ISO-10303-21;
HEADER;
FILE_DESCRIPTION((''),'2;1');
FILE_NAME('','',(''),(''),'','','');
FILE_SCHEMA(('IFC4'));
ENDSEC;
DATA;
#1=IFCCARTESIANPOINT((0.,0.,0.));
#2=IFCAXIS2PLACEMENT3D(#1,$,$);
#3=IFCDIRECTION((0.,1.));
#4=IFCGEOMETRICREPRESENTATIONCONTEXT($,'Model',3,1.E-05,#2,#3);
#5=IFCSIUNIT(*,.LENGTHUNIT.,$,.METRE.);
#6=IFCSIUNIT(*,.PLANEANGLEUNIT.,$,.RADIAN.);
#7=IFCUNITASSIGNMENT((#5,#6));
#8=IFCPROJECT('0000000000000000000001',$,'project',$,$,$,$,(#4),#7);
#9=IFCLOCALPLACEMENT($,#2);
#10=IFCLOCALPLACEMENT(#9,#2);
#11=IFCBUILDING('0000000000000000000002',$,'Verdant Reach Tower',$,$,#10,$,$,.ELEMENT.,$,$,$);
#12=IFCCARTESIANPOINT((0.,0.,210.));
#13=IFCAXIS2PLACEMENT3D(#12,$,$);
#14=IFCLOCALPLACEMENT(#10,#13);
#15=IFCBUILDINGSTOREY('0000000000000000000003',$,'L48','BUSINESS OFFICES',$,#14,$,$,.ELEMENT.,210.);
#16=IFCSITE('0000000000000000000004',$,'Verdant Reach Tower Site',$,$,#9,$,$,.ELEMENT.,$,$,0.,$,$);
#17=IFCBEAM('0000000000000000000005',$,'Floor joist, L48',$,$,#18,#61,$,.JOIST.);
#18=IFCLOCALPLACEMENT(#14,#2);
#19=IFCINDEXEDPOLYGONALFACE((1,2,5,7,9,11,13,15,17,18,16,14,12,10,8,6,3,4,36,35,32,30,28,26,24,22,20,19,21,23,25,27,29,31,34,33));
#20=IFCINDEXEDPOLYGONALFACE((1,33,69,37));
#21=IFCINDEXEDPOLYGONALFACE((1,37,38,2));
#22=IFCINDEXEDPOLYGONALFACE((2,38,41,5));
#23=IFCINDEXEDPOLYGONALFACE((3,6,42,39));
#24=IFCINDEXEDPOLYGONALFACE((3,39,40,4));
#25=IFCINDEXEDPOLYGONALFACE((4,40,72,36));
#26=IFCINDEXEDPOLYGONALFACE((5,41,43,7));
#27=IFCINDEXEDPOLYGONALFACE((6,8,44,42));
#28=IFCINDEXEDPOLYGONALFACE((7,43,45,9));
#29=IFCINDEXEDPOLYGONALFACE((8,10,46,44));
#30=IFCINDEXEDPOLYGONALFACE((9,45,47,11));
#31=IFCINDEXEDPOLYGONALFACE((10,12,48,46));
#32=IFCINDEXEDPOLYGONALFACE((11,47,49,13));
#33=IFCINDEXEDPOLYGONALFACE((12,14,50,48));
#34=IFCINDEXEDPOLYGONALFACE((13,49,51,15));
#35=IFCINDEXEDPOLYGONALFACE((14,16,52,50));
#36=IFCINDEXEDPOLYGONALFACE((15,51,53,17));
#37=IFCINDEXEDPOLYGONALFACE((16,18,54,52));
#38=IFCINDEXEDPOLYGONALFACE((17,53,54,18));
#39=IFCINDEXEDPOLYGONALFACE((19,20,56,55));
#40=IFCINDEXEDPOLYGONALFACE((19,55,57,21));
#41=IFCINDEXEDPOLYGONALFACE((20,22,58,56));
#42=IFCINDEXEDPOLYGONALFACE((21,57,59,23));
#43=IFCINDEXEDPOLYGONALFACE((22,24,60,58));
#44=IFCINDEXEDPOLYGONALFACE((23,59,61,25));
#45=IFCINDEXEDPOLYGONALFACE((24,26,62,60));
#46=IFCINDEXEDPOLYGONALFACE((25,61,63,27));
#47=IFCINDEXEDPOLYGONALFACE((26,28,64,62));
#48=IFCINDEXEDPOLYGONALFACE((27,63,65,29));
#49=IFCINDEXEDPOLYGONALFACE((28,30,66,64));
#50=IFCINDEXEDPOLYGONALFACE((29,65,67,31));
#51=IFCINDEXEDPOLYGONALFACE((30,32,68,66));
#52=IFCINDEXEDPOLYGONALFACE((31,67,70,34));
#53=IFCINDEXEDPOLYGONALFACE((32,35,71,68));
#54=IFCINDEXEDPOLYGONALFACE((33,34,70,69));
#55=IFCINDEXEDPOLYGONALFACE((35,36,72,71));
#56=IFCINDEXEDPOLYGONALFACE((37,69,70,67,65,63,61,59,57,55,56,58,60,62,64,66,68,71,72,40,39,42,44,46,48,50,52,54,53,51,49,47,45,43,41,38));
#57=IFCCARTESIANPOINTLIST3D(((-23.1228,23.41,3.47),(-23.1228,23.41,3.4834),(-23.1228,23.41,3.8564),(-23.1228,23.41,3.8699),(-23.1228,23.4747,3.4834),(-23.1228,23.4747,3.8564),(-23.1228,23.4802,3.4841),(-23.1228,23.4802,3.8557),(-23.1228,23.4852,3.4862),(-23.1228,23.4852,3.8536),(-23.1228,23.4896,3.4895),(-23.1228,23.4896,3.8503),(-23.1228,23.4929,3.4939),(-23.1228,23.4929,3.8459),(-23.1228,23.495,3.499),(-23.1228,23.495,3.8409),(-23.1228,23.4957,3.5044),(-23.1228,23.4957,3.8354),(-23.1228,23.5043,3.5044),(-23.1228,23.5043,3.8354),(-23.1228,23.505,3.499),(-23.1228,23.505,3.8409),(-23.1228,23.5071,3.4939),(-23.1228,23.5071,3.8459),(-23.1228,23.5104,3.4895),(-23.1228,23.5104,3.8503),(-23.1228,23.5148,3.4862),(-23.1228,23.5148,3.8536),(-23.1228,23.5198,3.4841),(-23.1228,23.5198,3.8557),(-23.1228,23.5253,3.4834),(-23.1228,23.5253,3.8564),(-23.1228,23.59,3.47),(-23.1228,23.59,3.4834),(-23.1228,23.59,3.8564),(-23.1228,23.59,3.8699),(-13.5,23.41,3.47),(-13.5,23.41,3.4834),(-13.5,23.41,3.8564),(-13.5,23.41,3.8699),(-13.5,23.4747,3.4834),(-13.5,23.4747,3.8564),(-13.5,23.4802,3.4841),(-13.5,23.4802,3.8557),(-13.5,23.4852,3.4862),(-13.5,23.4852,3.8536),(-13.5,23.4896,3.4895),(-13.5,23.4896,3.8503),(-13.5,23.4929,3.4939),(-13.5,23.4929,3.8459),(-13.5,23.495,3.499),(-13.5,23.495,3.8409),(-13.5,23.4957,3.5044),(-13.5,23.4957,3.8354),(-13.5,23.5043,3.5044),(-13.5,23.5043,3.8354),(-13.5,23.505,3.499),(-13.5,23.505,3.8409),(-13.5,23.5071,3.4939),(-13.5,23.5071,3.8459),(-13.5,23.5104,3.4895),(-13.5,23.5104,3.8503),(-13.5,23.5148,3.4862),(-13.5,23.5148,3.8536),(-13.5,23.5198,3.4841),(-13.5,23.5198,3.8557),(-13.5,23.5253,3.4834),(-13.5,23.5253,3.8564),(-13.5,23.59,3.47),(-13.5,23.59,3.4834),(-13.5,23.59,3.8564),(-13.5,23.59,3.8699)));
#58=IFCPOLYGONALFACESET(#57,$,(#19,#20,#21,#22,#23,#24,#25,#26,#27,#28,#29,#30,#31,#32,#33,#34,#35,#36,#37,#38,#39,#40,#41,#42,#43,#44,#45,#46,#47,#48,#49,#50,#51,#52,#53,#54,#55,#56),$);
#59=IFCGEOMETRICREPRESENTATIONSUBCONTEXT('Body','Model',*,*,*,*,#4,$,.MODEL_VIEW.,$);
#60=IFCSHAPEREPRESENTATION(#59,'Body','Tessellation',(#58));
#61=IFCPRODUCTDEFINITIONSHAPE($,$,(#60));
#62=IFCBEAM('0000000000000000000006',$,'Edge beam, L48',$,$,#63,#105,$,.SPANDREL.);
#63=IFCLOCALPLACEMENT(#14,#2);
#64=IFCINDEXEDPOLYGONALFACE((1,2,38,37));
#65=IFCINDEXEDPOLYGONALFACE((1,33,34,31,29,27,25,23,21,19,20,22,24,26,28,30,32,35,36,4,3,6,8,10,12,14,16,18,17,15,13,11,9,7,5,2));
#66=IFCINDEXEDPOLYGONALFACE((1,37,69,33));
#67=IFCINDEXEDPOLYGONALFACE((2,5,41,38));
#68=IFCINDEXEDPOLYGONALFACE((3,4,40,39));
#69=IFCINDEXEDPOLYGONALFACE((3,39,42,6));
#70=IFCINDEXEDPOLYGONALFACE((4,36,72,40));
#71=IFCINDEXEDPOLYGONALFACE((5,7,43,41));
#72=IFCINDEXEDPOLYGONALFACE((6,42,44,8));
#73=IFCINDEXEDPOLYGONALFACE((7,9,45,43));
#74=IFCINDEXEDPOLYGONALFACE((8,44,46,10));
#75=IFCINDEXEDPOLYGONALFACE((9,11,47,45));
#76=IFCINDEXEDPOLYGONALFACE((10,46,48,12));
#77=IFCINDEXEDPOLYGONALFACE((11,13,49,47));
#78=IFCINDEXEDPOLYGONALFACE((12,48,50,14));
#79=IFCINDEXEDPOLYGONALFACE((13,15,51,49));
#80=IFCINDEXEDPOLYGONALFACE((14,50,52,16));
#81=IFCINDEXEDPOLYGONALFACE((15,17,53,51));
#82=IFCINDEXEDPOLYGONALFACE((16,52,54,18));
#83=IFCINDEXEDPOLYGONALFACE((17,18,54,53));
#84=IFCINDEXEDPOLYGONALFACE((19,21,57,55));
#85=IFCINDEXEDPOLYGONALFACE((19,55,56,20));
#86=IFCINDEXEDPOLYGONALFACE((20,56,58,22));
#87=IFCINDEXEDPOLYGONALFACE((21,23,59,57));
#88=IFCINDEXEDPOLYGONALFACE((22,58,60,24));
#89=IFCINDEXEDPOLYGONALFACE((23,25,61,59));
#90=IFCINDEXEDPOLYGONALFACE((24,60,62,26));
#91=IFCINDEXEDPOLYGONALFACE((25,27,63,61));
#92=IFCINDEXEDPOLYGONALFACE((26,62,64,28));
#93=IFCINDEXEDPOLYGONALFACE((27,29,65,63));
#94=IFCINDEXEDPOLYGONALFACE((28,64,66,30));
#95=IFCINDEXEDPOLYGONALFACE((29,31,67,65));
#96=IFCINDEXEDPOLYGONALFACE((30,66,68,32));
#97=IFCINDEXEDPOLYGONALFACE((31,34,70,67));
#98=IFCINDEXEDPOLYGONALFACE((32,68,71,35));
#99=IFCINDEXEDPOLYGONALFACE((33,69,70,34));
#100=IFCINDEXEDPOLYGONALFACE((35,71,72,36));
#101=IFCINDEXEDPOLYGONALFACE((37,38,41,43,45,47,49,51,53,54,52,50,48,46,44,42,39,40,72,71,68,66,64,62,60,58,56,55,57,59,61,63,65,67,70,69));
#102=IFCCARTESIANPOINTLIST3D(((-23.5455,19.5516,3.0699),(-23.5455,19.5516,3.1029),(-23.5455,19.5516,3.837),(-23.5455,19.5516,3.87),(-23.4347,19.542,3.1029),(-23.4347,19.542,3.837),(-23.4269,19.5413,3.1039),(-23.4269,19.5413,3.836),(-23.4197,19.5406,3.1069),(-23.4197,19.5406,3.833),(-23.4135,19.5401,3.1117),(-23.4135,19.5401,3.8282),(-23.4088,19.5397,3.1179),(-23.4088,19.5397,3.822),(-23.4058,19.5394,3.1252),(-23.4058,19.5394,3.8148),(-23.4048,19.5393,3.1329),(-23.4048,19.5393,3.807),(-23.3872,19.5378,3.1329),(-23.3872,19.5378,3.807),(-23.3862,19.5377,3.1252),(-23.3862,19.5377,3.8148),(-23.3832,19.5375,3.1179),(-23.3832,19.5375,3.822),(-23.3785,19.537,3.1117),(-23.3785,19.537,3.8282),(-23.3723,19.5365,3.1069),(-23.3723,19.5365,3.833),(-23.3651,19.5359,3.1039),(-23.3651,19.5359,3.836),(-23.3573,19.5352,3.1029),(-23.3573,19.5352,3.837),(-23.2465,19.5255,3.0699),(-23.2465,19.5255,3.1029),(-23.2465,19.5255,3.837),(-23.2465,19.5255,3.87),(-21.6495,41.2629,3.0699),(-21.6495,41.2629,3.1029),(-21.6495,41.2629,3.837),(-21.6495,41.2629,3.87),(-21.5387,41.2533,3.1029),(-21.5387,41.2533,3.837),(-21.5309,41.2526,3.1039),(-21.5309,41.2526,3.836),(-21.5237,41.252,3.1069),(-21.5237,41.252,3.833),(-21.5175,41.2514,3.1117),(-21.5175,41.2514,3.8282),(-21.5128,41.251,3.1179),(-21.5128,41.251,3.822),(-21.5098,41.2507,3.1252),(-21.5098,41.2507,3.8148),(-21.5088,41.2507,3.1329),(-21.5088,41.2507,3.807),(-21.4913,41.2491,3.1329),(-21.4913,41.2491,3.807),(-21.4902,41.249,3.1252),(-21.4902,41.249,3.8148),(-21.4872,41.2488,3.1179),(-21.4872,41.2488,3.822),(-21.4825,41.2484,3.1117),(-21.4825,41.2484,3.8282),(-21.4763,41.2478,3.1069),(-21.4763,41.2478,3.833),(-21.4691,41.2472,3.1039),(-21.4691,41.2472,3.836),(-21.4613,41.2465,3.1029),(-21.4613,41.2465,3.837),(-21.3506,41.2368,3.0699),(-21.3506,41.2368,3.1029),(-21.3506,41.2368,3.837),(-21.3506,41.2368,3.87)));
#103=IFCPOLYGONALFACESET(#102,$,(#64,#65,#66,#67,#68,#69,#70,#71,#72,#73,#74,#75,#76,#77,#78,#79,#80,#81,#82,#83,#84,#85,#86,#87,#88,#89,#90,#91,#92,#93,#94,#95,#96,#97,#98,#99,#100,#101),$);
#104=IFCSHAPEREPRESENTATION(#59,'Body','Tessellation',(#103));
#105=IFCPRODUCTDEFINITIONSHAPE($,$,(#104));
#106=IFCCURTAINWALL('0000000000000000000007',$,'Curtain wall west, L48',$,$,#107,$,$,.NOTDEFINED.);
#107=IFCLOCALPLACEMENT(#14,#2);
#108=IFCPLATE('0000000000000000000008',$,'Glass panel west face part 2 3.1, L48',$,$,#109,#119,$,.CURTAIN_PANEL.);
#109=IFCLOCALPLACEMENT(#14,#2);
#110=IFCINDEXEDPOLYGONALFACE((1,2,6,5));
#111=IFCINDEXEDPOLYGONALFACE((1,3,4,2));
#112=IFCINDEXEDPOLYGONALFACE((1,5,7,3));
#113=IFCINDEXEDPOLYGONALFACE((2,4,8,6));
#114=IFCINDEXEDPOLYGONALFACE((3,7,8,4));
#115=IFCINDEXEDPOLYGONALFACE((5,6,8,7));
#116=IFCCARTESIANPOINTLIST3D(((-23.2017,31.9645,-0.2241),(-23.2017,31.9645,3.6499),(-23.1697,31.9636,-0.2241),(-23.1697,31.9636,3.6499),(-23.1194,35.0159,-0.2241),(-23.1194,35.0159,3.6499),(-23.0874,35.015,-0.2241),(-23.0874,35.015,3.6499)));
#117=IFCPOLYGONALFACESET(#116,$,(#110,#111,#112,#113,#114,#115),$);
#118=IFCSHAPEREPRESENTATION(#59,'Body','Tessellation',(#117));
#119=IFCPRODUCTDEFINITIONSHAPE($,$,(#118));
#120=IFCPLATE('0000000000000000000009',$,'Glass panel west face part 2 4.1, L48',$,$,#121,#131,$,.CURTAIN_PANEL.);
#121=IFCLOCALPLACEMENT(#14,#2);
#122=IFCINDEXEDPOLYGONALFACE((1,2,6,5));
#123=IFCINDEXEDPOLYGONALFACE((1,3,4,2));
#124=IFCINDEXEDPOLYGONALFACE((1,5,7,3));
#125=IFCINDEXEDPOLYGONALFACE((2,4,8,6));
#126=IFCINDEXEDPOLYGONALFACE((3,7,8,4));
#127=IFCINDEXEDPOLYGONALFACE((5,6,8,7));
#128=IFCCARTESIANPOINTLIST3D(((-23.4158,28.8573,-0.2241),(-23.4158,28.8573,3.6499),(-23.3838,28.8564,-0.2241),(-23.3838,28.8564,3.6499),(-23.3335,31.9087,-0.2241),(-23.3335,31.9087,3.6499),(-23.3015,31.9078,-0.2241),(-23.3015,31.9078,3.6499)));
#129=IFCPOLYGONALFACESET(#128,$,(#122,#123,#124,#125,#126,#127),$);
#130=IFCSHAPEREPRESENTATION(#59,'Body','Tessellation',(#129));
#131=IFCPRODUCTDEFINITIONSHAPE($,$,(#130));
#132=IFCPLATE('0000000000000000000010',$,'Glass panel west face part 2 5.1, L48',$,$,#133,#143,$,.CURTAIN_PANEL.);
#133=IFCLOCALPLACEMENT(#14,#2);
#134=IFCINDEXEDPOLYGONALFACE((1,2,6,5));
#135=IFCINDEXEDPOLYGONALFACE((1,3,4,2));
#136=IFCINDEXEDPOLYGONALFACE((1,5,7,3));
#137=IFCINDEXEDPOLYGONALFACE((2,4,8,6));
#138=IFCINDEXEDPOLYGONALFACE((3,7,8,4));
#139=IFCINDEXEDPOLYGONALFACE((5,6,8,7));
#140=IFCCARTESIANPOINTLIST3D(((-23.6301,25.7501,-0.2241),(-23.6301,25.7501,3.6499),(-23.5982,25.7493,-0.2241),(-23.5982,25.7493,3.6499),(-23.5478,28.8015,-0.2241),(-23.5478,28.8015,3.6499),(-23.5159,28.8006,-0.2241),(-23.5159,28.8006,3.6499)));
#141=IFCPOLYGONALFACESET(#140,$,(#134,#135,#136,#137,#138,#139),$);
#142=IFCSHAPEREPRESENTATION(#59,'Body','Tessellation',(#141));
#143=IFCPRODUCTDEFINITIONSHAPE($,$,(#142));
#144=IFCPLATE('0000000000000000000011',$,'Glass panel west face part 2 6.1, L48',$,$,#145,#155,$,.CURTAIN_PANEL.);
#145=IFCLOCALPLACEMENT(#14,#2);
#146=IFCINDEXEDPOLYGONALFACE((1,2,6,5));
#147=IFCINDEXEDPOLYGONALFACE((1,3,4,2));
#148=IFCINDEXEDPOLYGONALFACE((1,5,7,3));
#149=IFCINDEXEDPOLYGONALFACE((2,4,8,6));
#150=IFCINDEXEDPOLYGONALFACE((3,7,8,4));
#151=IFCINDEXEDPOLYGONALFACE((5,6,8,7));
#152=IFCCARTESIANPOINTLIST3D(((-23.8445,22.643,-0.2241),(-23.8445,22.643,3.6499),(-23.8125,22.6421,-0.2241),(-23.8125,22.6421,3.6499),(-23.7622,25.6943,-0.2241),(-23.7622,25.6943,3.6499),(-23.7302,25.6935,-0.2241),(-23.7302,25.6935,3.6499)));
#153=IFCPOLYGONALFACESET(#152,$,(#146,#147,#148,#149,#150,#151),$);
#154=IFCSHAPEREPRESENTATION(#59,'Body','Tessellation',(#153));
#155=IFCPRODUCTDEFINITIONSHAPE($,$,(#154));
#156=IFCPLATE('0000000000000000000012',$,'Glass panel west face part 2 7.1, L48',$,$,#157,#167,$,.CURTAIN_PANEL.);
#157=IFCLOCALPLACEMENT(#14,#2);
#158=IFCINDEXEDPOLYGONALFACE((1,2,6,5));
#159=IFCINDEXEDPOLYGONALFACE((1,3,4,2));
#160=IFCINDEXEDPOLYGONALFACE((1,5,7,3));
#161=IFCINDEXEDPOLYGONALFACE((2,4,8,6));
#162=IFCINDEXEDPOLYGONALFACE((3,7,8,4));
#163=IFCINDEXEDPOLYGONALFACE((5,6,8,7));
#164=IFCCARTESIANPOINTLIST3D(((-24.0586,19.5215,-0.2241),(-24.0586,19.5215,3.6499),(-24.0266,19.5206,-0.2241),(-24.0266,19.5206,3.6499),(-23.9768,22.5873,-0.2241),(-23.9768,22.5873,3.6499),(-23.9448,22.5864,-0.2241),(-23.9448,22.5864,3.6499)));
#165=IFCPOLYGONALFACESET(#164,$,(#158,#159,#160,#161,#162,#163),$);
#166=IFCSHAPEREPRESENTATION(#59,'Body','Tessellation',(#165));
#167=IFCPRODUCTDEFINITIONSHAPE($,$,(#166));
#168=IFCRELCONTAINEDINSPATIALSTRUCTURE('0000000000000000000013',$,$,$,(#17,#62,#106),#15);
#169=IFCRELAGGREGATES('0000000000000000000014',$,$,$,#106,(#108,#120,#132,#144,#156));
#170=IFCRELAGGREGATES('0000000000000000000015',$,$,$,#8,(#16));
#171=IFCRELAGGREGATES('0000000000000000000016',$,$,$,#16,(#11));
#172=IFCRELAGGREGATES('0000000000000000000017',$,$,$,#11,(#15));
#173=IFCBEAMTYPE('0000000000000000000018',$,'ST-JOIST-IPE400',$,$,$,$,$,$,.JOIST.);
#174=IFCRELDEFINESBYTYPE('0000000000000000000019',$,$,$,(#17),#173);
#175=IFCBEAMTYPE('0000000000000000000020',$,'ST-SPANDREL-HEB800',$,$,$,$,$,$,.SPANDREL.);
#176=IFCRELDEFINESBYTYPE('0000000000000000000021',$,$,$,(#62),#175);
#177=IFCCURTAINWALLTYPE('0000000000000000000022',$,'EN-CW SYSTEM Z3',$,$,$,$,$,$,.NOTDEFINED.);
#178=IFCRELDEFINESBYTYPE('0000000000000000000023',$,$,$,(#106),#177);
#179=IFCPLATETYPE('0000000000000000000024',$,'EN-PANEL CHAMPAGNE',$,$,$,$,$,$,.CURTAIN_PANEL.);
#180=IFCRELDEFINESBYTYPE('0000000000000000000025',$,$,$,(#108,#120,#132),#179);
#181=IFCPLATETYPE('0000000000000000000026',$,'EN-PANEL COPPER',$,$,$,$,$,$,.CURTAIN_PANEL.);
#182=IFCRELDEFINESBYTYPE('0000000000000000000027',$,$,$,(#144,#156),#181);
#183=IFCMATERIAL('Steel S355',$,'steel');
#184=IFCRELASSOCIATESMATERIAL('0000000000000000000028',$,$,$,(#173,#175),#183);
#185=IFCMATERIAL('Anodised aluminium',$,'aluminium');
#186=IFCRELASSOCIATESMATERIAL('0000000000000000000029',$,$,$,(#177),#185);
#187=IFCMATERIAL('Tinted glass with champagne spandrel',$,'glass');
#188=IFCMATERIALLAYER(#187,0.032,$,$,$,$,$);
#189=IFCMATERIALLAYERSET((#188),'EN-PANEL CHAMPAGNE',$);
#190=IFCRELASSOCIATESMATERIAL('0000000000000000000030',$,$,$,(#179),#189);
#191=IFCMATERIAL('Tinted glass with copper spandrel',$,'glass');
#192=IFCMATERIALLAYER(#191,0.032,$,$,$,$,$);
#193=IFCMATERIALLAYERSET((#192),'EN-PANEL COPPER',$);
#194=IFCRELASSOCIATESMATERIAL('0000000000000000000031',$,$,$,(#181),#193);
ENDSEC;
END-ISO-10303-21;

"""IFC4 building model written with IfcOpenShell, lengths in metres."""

from ifc_helpers import new_model, si_unit, direction, frame, origin, origin_2d, place, context, subcontext, project, spatial, rectangle, i_section, extrude, material, layer, layer_set, material_profile, profile_set, type_object, element, aggregate, save


model = new_model("IFC4")

# Units and contexts
model_context = context("Model", 3, precision=1e-05, world=origin(), true_north=direction((0.0, 1.0)))
body_context = subcontext(model_context, "Body", "Model", "MODEL_VIEW")
ifc_project = project(units=[si_unit("LENGTHUNIT", "METRE"), si_unit("PLANEANGLEUNIT", "RADIAN")], contexts=[model_context])

# Site, building, storey
site_placement = place(None, origin())
site = spatial("IfcSite", under=ifc_project, at=site_placement, Name="Verdant Reach Tower Site", CompositionType="ELEMENT", RefElevation=0.0)
building_placement = place(site_placement, origin())
building = spatial("IfcBuilding", under=site, at=building_placement, Name="Verdant Reach Tower", CompositionType="ELEMENT")
storey_placement = place(building_placement, frame((0.0, 0.0, 210.0)))
storey = spatial("IfcBuildingStorey", under=building, at=storey_placement, Name="L48", Description="BUSINESS OFFICES", CompositionType="ELEMENT", Elevation=210.0)

# Beams
ifc_material_1 = material(Name="Steel S355", Category="steel")
ifc_material_profile_1 = material_profile(ifc_material_1, i_section(OverallWidth=0.1799, OverallDepth=0.3999, WebThickness=0.0085, FlangeThickness=0.0134, FilletRadius=0.021, at=origin_2d()), Name="IPE 400")
ifc_profile_set_1 = profile_set([ifc_material_profile_1], Name="Steel S355")
beam_type_1 = type_object("IfcBeamType", Name="ST-JOIST-IPE400", PredefinedType="JOIST", material=ifc_profile_set_1)
beam_1_placement = place(storey_placement, frame((-13.5, 23.5, 3.6699), z_axis=(-1.0, 0.0, 0.0), x_axis=(0.0, -1.0, 0.0)))
element("IfcBeam", 1, at=beam_1_placement, inside=storey, type_object=beam_type_1, Name="Floor joist, L48", PredefinedType="JOIST", context=body_context, shape_type="SweptSolid", body=[
    extrude(i_section(OverallWidth=0.1799, OverallDepth=0.3999, WebThickness=0.0085, FlangeThickness=0.0134, FilletRadius=0.021, at=origin_2d()), origin(), (0.0, 0.0, 1.0), 9.6228),
])
ifc_material_profile_2 = material_profile(ifc_material_1, i_section(OverallWidth=0.3, OverallDepth=0.8, WebThickness=0.0176, FlangeThickness=0.033, FilletRadius=0.03, at=origin_2d()), Name="HEB 800")
ifc_profile_set_2 = profile_set([ifc_material_profile_2], Name="Steel S355")
beam_type_2 = type_object("IfcBeamType", Name="ST-SPANDREL-HEB800", PredefinedType="SPANDREL", material=ifc_profile_set_2)
beam_2_placement = place(storey_placement, frame((-23.396, 19.5386, 3.47), z_axis=(0.086996, 0.996209, 0.0), x_axis=(-0.996209, 0.086996, 0.0)))
element("IfcBeam", 2, at=beam_2_placement, inside=storey, type_object=beam_type_2, Name="Edge beam, L48", PredefinedType="SPANDREL", context=body_context, shape_type="SweptSolid", body=[
    extrude(i_section(OverallWidth=0.3, OverallDepth=0.8, WebThickness=0.0176, FlangeThickness=0.033, FilletRadius=0.03, at=origin_2d()), origin(), (0.0, 0.0, 1.0), 21.7939),
])

# Curtain wall, plates
ifc_material_2 = material(Name="Anodised aluminium", Category="aluminium")
curtain_wall_type = type_object("IfcCurtainWallType", Name="EN-CW SYSTEM Z3", PredefinedType="NOTDEFINED", material=ifc_material_2)
curtain_wall_placement = place(storey_placement, origin())
curtain_wall = element("IfcCurtainWall", 3, at=curtain_wall_placement, inside=storey, type_object=curtain_wall_type, Name="Curtain wall west, L48", PredefinedType="NOTDEFINED")
ifc_material_3 = material(Name="Tinted glass with champagne spandrel", Category="glass")
ifc_layer_1 = layer(ifc_material_3, 0.032)
ifc_layer_set_1 = layer_set([ifc_layer_1], Name="EN-PANEL CHAMPAGNE")
plate_type_1 = type_object("IfcPlateType", Name="EN-PANEL CHAMPAGNE", PredefinedType="CURTAIN_PANEL", material=ifc_layer_set_1)
plate_1_placement = place(storey_placement, frame((-23.1445, 33.4897, -0.2241), z_axis=(0.0, 0.0, 1.0), x_axis=(-0.026965, -0.999636, 0.0)))
plate_1 = element("IfcPlate", 4, at=plate_1_placement, type_object=plate_type_1, Name="Glass panel west face part 2 3.1, L48", PredefinedType="CURTAIN_PANEL", context=body_context, shape_type="SweptSolid", body=[
    extrude(rectangle(XDim=3.0525, YDim=0.032, at=origin_2d()), origin(), (0.0, 0.0, 1.0), 3.874),
])
plate_2_placement = place(storey_placement, frame((-23.3586, 30.3826, -0.2241), z_axis=(0.0, 0.0, 1.0), x_axis=(-0.026965, -0.999636, 0.0)))
plate_2 = element("IfcPlate", 5, at=plate_2_placement, type_object=plate_type_1, Name="Glass panel west face part 2 4.1, L48", PredefinedType="CURTAIN_PANEL", context=body_context, shape_type="SweptSolid", body=[
    extrude(rectangle(XDim=3.0525, YDim=0.032, at=origin_2d()), origin(), (0.0, 0.0, 1.0), 3.874),
])
plate_3_placement = place(storey_placement, frame((-23.573, 27.2754, -0.2241), z_axis=(0.0, 0.0, 1.0), x_axis=(-0.026965, -0.999636, 0.0)))
plate_3 = element("IfcPlate", 6, at=plate_3_placement, type_object=plate_type_1, Name="Glass panel west face part 2 5.1, L48", PredefinedType="CURTAIN_PANEL", context=body_context, shape_type="SweptSolid", body=[
    extrude(rectangle(XDim=3.0525, YDim=0.032, at=origin_2d()), origin(), (0.0, 0.0, 1.0), 3.874),
])
ifc_material_4 = material(Name="Tinted glass with copper spandrel", Category="glass")
ifc_layer_2 = layer(ifc_material_4, 0.032)
ifc_layer_set_2 = layer_set([ifc_layer_2], Name="EN-PANEL COPPER")
plate_type_2 = type_object("IfcPlateType", Name="EN-PANEL COPPER", PredefinedType="CURTAIN_PANEL", material=ifc_layer_set_2)
plate_4_placement = place(storey_placement, frame((-23.7874, 24.1682, -0.2241), z_axis=(0.0, 0.0, 1.0), x_axis=(-0.026965, -0.999636, 0.0)))
plate_4 = element("IfcPlate", 7, at=plate_4_placement, type_object=plate_type_2, Name="Glass panel west face part 2 6.1, L48", PredefinedType="CURTAIN_PANEL", context=body_context, shape_type="SweptSolid", body=[
    extrude(rectangle(XDim=3.0525, YDim=0.032, at=origin_2d()), origin(), (0.0, 0.0, 1.0), 3.874),
])
plate_5_placement = place(storey_placement, frame((-24.0017, 21.054, -0.2241), z_axis=(0.0, 0.0, 1.0), x_axis=(-0.02666, -0.999645, 0.0)))
plate_5 = element("IfcPlate", 8, at=plate_5_placement, type_object=plate_type_2, Name="Glass panel west face part 2 7.1, L48", PredefinedType="CURTAIN_PANEL", context=body_context, shape_type="SweptSolid", body=[
    extrude(rectangle(XDim=3.0669, YDim=0.032, at=origin_2d()), origin(), (0.0, 0.0, 1.0), 3.874),
])
aggregate(curtain_wall, [plate_1, plate_2, plate_3, plate_4, plate_5])

save(model, "model.ifc")
